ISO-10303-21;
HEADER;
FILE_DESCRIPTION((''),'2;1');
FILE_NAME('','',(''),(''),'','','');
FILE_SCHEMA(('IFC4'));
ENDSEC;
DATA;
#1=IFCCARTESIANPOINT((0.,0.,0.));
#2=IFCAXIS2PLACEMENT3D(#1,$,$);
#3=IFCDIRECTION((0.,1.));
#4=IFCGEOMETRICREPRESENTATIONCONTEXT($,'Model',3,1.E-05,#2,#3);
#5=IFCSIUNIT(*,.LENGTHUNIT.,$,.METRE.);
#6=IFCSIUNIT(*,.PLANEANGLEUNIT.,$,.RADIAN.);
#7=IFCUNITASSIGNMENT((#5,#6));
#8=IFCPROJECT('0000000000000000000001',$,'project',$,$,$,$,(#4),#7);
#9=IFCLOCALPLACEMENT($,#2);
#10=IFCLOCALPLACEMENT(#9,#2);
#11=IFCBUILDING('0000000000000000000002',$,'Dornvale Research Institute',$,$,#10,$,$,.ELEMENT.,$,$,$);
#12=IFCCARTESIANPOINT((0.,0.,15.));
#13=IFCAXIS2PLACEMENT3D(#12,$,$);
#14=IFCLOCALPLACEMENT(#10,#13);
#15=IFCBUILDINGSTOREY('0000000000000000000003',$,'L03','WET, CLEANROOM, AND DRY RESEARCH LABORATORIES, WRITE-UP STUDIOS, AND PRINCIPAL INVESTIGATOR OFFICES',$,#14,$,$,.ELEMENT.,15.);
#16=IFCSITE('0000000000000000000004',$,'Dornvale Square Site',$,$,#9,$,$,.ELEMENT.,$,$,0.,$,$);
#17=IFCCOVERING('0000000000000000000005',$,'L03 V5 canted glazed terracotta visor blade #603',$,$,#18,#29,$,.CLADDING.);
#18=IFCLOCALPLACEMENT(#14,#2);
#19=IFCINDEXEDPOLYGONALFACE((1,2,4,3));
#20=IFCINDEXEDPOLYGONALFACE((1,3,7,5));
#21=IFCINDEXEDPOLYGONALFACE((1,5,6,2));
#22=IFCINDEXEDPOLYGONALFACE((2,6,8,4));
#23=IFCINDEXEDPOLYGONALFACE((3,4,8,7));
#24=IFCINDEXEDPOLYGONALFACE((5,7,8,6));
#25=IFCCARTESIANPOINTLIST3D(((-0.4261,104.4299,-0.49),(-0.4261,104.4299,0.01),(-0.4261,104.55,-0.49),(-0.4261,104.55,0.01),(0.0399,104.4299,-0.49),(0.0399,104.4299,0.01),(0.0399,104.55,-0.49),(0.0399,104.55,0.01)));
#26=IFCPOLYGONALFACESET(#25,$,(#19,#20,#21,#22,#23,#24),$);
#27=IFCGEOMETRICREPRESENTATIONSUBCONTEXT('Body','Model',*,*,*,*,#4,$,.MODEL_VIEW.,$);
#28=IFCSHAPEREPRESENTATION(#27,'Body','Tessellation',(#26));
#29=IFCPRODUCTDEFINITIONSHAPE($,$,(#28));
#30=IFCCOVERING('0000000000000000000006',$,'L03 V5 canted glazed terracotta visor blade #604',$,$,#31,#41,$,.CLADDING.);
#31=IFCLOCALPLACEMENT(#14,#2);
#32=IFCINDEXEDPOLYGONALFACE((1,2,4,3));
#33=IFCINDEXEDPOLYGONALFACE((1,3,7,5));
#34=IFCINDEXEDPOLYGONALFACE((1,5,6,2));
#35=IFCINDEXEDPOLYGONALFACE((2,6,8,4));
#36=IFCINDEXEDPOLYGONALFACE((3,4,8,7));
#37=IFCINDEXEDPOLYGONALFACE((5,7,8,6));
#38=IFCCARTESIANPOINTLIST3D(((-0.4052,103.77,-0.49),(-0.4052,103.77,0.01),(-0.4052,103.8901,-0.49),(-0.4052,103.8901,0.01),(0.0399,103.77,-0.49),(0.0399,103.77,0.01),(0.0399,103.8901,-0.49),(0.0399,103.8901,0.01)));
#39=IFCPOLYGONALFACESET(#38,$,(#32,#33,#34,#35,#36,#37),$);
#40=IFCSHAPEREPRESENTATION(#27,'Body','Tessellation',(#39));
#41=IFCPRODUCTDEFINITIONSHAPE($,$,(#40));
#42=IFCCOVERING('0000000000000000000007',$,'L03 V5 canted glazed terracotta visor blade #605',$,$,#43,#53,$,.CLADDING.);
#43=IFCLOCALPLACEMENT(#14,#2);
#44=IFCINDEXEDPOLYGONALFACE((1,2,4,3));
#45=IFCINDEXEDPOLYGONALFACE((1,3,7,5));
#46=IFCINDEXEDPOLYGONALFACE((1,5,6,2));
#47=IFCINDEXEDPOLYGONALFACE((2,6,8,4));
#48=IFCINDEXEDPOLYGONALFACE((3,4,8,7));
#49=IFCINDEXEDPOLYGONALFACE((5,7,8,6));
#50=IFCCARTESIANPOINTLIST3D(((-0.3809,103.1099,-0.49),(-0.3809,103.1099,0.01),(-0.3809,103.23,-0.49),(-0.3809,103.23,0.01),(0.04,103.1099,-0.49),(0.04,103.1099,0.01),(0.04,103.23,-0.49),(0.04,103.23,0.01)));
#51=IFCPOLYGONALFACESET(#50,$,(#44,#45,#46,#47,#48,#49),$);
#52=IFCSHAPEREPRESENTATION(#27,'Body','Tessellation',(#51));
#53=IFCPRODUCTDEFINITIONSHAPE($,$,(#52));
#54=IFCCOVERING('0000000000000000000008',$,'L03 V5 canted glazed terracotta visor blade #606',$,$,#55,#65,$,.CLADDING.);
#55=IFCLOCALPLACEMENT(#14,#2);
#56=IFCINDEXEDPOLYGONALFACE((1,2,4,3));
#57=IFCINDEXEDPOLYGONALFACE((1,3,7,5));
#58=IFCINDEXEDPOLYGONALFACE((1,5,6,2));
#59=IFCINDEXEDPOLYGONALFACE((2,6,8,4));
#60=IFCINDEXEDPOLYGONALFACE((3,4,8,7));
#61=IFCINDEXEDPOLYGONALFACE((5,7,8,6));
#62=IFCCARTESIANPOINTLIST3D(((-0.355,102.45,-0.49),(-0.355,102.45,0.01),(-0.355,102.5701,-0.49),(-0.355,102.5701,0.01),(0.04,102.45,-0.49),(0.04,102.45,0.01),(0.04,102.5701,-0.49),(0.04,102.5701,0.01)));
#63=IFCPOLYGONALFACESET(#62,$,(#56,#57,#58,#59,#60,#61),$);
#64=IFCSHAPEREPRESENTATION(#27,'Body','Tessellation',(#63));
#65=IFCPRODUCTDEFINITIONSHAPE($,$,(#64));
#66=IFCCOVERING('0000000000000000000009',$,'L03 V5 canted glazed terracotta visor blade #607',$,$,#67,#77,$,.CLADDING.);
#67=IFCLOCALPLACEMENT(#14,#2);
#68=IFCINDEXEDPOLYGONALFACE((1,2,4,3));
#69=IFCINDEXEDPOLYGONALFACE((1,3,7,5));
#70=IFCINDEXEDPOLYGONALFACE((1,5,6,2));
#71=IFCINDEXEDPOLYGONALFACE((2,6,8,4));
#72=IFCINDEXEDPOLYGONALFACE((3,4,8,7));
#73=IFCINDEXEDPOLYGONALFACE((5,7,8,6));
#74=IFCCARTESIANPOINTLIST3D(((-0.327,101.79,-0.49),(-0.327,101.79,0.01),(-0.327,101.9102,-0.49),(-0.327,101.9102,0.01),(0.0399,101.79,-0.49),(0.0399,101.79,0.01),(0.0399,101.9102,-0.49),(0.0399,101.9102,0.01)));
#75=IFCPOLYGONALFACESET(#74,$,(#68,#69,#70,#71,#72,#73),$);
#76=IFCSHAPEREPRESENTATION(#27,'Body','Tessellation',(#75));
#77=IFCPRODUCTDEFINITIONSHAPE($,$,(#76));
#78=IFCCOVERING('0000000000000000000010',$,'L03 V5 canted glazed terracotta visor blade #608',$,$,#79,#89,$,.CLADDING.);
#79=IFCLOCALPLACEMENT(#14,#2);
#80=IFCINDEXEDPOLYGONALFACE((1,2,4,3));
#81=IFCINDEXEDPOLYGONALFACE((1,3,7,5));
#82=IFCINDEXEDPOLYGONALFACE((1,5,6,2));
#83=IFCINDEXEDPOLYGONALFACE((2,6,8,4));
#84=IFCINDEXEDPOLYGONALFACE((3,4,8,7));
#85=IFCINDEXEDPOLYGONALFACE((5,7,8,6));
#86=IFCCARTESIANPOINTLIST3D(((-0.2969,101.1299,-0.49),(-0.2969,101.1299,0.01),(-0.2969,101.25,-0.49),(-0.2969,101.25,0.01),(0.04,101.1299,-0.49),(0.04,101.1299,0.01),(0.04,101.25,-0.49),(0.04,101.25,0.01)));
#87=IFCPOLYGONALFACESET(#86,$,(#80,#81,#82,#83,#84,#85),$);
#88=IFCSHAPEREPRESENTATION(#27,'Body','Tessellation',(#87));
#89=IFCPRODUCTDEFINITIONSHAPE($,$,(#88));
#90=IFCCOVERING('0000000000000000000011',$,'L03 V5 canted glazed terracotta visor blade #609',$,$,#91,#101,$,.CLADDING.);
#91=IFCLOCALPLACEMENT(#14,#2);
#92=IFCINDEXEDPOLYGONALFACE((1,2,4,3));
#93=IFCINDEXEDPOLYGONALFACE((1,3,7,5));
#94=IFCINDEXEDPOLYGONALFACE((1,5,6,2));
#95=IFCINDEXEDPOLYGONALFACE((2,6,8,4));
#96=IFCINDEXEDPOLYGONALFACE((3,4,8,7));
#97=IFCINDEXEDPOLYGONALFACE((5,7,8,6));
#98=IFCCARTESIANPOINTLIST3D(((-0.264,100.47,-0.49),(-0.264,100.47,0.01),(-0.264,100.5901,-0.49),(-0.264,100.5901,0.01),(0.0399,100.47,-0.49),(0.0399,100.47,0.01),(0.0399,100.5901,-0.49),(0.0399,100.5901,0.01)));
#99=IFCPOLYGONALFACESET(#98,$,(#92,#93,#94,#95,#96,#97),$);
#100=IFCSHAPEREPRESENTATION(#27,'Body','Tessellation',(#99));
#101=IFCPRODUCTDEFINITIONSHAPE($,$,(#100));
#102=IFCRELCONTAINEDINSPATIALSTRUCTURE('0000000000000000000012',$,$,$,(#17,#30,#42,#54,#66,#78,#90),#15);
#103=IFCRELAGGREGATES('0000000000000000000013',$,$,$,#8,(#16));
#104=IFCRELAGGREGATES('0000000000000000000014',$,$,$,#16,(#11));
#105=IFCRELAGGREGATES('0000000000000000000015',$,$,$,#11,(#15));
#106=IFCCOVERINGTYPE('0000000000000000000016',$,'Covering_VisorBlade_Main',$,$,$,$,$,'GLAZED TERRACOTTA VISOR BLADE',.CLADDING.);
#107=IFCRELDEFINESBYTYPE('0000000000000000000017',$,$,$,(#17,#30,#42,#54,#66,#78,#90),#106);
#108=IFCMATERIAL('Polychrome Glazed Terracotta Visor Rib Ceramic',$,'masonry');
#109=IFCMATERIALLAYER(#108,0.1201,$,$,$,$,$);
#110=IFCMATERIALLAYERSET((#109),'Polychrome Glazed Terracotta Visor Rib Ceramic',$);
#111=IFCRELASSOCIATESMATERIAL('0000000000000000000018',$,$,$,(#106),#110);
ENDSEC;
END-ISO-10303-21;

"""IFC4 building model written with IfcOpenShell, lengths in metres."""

from ifc_helpers import new_model, si_unit, direction, frame, origin, origin_2d, place, context, subcontext, project, spatial, rectangle, extrude, material, layer, layer_set, type_object, element, save


model = new_model("IFC4")

# Units and contexts
model_context = context("Model", 3, precision=1e-05, world=origin(), true_north=direction((0.0, 1.0)))
body_context = subcontext(model_context, "Body", "Model", "MODEL_VIEW")
ifc_project = project(units=[si_unit("LENGTHUNIT", "METRE"), si_unit("PLANEANGLEUNIT", "RADIAN")], contexts=[model_context])

# Site, building, storey
site_placement = place(None, origin())
site = spatial("IfcSite", under=ifc_project, at=site_placement, Name="Dornvale Square Site", CompositionType="ELEMENT", RefElevation=0.0)
building_placement = place(site_placement, origin())
building = spatial("IfcBuilding", under=site, at=building_placement, Name="Dornvale Research Institute", CompositionType="ELEMENT")
storey_placement = place(building_placement, frame((0.0, 0.0, 15.0)))
storey = spatial("IfcBuildingStorey", under=building, at=storey_placement, Name="L03", Description="WET, CLEANROOM, AND DRY RESEARCH LABORATORIES, WRITE-UP STUDIOS, AND PRINCIPAL INVESTIGATOR OFFICES", CompositionType="ELEMENT", Elevation=15.0)

# Coverings
ifc_material_1 = material(Name="Polychrome Glazed Terracotta Visor Rib Ceramic", Category="masonry")
ifc_layer_1 = layer(ifc_material_1, 0.1201)
ifc_layer_set_1 = layer_set([ifc_layer_1], Name="Polychrome Glazed Terracotta Visor Rib Ceramic")
covering_type = type_object("IfcCoveringType", Name="Covering_VisorBlade_Main", ElementType="GLAZED TERRACOTTA VISOR BLADE", PredefinedType="CLADDING", material=ifc_layer_set_1)
covering_1_placement = place(storey_placement, frame((-0.1931, 104.49, -0.49), z_axis=(0.0, 0.0, 1.0), x_axis=(1.0, 0.0, 0.0)))
element("IfcCovering", 1, at=covering_1_placement, inside=storey, type_object=covering_type, Name="L03 V5 canted glazed terracotta visor blade #603", PredefinedType="CLADDING", context=body_context, shape_type="SweptSolid", body=[
    extrude(rectangle(XDim=0.4661, YDim=0.1201, at=origin_2d()), origin(), (0.0, 0.0, 1.0), 0.5),
])
covering_2_placement = place(storey_placement, frame((-0.1826, 103.8301, -0.49), z_axis=(0.0, 0.0, 1.0), x_axis=(1.0, 0.0, 0.0)))
element("IfcCovering", 2, at=covering_2_placement, inside=storey, type_object=covering_type, Name="L03 V5 canted glazed terracotta visor blade #604", PredefinedType="CLADDING", context=body_context, shape_type="SweptSolid", body=[
    extrude(rectangle(XDim=0.4451, YDim=0.1201, at=origin_2d()), origin(), (0.0, 0.0, 1.0), 0.5),
])
covering_3_placement = place(storey_placement, frame((-0.1704, 103.1699, -0.49), z_axis=(0.0, 0.0, 1.0), x_axis=(1.0, 0.0, 0.0)))
element("IfcCovering", 3, at=covering_3_placement, inside=storey, type_object=covering_type, Name="L03 V5 canted glazed terracotta visor blade #605", PredefinedType="CLADDING", context=body_context, shape_type="SweptSolid", body=[
    extrude(rectangle(XDim=0.4209, YDim=0.1201, at=origin_2d()), origin(), (0.0, 0.0, 1.0), 0.5),
])
covering_4_placement = place(storey_placement, frame((-0.1575, 102.51, -0.49), z_axis=(0.0, 0.0, 1.0), x_axis=(1.0, 0.0, 0.0)))
element("IfcCovering", 4, at=covering_4_placement, inside=storey, type_object=covering_type, Name="L03 V5 canted glazed terracotta visor blade #606", PredefinedType="CLADDING", context=body_context, shape_type="SweptSolid", body=[
    extrude(rectangle(XDim=0.395, YDim=0.1201, at=origin_2d()), origin(), (0.0, 0.0, 1.0), 0.5),
])
covering_5_placement = place(storey_placement, frame((-0.1436, 101.8501, -0.49), z_axis=(0.0, 0.0, 1.0), x_axis=(1.0, 0.0, 0.0)))
element("IfcCovering", 5, at=covering_5_placement, inside=storey, type_object=covering_type, Name="L03 V5 canted glazed terracotta visor blade #607", PredefinedType="CLADDING", context=body_context, shape_type="SweptSolid", body=[
    extrude(rectangle(XDim=0.3669, YDim=0.1201, at=origin_2d()), origin(), (0.0, 0.0, 1.0), 0.5),
])
covering_6_placement = place(storey_placement, frame((-0.1284, 101.1899, -0.49), z_axis=(0.0, 0.0, 1.0), x_axis=(1.0, 0.0, 0.0)))
element("IfcCovering", 6, at=covering_6_placement, inside=storey, type_object=covering_type, Name="L03 V5 canted glazed terracotta visor blade #608", PredefinedType="CLADDING", context=body_context, shape_type="SweptSolid", body=[
    extrude(rectangle(XDim=0.3369, YDim=0.1201, at=origin_2d()), origin(), (0.0, 0.0, 1.0), 0.5),
])
covering_7_placement = place(storey_placement, frame((-0.1121, 100.53, -0.49), z_axis=(0.0, 0.0, 1.0), x_axis=(1.0, 0.0, 0.0)))
element("IfcCovering", 7, at=covering_7_placement, inside=storey, type_object=covering_type, Name="L03 V5 canted glazed terracotta visor blade #609", PredefinedType="CLADDING", context=body_context, shape_type="SweptSolid", body=[
    extrude(rectangle(XDim=0.304, YDim=0.1201, at=origin_2d()), origin(), (0.0, 0.0, 1.0), 0.5),
])

save(model, "model.ifc")
